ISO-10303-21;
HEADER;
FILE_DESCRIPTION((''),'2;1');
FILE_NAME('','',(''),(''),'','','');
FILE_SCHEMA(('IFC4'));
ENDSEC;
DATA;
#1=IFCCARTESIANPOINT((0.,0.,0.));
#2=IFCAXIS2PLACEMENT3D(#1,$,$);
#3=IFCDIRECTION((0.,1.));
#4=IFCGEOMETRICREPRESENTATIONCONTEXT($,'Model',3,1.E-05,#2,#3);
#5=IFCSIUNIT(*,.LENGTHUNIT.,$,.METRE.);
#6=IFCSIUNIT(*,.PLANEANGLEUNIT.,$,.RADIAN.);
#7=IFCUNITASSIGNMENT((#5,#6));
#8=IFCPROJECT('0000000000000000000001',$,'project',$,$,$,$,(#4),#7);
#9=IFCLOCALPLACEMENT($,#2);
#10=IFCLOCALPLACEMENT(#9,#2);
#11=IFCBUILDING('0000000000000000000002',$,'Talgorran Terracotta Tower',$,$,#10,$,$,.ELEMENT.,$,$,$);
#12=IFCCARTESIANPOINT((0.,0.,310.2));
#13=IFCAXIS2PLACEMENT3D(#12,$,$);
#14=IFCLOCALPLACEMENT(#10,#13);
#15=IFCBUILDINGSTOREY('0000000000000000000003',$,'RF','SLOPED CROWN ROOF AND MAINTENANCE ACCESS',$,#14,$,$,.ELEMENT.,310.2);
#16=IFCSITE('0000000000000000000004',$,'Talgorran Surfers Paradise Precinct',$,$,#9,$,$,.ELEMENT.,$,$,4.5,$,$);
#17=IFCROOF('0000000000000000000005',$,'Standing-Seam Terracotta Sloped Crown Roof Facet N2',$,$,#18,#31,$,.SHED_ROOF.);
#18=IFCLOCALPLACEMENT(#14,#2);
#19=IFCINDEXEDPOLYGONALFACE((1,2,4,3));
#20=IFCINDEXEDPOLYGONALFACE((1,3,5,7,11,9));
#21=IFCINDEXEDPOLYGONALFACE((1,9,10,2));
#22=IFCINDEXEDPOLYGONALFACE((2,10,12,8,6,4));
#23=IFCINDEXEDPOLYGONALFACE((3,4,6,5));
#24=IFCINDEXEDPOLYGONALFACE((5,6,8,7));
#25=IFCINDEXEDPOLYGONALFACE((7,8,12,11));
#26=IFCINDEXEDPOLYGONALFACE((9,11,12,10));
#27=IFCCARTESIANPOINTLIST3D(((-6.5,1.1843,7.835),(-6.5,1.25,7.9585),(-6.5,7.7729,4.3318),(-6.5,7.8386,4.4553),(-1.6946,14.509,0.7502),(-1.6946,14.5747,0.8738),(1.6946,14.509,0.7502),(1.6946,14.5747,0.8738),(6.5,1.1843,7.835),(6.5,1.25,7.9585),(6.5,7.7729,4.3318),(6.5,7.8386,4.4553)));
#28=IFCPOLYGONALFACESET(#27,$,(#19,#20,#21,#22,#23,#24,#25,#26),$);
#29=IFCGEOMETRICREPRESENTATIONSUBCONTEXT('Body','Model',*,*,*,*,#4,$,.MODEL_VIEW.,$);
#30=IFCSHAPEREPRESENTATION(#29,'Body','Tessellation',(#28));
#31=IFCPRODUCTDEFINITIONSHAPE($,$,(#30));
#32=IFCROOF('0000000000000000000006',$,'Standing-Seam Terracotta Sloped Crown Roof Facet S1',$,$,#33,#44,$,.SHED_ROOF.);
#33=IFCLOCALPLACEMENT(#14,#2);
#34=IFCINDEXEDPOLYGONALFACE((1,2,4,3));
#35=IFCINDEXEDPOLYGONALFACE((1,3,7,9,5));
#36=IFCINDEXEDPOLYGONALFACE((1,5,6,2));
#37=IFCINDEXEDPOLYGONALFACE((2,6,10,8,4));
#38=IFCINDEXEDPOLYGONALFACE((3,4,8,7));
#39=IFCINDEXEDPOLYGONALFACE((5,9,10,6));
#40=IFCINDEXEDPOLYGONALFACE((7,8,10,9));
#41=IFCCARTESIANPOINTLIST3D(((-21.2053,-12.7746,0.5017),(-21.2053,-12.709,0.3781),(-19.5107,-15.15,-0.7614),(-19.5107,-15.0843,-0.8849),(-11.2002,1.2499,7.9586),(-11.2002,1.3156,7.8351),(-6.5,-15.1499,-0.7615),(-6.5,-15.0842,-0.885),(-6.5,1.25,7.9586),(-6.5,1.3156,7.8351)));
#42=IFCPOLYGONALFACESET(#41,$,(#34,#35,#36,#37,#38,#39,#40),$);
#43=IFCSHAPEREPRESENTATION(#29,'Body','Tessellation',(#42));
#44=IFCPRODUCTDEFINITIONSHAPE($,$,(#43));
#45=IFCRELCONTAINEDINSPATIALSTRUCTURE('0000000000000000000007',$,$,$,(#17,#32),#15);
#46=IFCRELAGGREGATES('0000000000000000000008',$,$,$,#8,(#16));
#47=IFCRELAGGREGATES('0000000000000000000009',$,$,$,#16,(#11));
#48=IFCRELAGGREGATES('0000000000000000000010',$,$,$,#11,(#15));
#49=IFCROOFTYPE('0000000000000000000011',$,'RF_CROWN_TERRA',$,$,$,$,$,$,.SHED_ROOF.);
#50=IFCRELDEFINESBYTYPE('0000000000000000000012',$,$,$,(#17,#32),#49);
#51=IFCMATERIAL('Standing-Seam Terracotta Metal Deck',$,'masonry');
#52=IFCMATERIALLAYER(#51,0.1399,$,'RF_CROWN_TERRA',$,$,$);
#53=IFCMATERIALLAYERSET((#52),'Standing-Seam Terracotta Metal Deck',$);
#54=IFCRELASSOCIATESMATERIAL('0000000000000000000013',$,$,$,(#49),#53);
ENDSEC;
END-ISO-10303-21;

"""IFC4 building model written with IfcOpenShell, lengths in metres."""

from ifc_helpers import new_model, si_unit, direction, frame, origin, place, context, subcontext, project, spatial, polyline, outline, extrude, material, layer, layer_set, type_object, element, save


model = new_model("IFC4")

# Units and contexts
model_context = context("Model", 3, precision=1e-05, world=origin(), true_north=direction((0.0, 1.0)))
body_context = subcontext(model_context, "Body", "Model", "MODEL_VIEW")
ifc_project = project(units=[si_unit("LENGTHUNIT", "METRE"), si_unit("PLANEANGLEUNIT", "RADIAN")], contexts=[model_context])

# Site, building, storey
site_placement = place(None, origin())
site = spatial("IfcSite", under=ifc_project, at=site_placement, Name="Talgorran Surfers Paradise Precinct", CompositionType="ELEMENT", RefElevation=4.5)
building_placement = place(site_placement, origin())
building = spatial("IfcBuilding", under=site, at=building_placement, Name="Talgorran Terracotta Tower", CompositionType="ELEMENT")
storey_placement = place(building_placement, frame((0.0, 0.0, 310.2)))
storey = spatial("IfcBuildingStorey", under=building, at=storey_placement, Name="RF", Description="SLOPED CROWN ROOF AND MAINTENANCE ACCESS", CompositionType="ELEMENT", Elevation=310.2)

# Roofs
ifc_material_1 = material(Name="Standing-Seam Terracotta Metal Deck", Category="masonry")
ifc_layer_1 = layer(ifc_material_1, 0.1399, Name="RF_CROWN_TERRA")
ifc_layer_set_1 = layer_set([ifc_layer_1], Name="Standing-Seam Terracotta Metal Deck")
roof_type = type_object("IfcRoofType", Name="RF_CROWN_TERRA", PredefinedType="SHED_ROOF", material=ifc_layer_set_1)
roof_1_placement = place(storey_placement, frame((-6.5, 7.8386, 4.4553), z_axis=(0.0, 0.469464, 0.882952), x_axis=(0.0, -0.882952, 0.469464)))
element("IfcRoof", 1, at=roof_1_placement, inside=storey, type_object=roof_type, Name="Standing-Seam Terracotta Sloped Crown Roof Facet N2", PredefinedType="SHED_ROOF", context=body_context, shape_type="SweptSolid", body=[
    extrude(outline(polyline([(0.0, 0.0), (7.462, 0.0), (7.462, 13.0), (0.0, 13.0), (-7.629, 8.1946), (-7.629, 4.8054), (0.0, 0.0)])), origin(), (0.0, 0.0, -1.0), 0.1399),
])
roof_2_placement = place(storey_placement, frame((-6.5, -15.1499, -0.7615), z_axis=(0.000011, -0.469475, 0.882946), x_axis=(0.0, 0.882946, 0.469475)))
element("IfcRoof", 2, at=roof_2_placement, inside=storey, type_object=roof_type, Name="Standing-Seam Terracotta Sloped Crown Roof Facet S1", PredefinedType="SHED_ROOF", context=body_context, shape_type="SweptSolid", body=[
    extrude(outline(polyline([(0.0, 0.0), (18.574, 0.0), (18.574, 4.7002), (2.6902, 14.7053), (0.0, 13.0107), (0.0, 0.0)])), origin(), (0.0, 0.0, -1.0), 0.1399),
])

save(model, "model.ifc")
